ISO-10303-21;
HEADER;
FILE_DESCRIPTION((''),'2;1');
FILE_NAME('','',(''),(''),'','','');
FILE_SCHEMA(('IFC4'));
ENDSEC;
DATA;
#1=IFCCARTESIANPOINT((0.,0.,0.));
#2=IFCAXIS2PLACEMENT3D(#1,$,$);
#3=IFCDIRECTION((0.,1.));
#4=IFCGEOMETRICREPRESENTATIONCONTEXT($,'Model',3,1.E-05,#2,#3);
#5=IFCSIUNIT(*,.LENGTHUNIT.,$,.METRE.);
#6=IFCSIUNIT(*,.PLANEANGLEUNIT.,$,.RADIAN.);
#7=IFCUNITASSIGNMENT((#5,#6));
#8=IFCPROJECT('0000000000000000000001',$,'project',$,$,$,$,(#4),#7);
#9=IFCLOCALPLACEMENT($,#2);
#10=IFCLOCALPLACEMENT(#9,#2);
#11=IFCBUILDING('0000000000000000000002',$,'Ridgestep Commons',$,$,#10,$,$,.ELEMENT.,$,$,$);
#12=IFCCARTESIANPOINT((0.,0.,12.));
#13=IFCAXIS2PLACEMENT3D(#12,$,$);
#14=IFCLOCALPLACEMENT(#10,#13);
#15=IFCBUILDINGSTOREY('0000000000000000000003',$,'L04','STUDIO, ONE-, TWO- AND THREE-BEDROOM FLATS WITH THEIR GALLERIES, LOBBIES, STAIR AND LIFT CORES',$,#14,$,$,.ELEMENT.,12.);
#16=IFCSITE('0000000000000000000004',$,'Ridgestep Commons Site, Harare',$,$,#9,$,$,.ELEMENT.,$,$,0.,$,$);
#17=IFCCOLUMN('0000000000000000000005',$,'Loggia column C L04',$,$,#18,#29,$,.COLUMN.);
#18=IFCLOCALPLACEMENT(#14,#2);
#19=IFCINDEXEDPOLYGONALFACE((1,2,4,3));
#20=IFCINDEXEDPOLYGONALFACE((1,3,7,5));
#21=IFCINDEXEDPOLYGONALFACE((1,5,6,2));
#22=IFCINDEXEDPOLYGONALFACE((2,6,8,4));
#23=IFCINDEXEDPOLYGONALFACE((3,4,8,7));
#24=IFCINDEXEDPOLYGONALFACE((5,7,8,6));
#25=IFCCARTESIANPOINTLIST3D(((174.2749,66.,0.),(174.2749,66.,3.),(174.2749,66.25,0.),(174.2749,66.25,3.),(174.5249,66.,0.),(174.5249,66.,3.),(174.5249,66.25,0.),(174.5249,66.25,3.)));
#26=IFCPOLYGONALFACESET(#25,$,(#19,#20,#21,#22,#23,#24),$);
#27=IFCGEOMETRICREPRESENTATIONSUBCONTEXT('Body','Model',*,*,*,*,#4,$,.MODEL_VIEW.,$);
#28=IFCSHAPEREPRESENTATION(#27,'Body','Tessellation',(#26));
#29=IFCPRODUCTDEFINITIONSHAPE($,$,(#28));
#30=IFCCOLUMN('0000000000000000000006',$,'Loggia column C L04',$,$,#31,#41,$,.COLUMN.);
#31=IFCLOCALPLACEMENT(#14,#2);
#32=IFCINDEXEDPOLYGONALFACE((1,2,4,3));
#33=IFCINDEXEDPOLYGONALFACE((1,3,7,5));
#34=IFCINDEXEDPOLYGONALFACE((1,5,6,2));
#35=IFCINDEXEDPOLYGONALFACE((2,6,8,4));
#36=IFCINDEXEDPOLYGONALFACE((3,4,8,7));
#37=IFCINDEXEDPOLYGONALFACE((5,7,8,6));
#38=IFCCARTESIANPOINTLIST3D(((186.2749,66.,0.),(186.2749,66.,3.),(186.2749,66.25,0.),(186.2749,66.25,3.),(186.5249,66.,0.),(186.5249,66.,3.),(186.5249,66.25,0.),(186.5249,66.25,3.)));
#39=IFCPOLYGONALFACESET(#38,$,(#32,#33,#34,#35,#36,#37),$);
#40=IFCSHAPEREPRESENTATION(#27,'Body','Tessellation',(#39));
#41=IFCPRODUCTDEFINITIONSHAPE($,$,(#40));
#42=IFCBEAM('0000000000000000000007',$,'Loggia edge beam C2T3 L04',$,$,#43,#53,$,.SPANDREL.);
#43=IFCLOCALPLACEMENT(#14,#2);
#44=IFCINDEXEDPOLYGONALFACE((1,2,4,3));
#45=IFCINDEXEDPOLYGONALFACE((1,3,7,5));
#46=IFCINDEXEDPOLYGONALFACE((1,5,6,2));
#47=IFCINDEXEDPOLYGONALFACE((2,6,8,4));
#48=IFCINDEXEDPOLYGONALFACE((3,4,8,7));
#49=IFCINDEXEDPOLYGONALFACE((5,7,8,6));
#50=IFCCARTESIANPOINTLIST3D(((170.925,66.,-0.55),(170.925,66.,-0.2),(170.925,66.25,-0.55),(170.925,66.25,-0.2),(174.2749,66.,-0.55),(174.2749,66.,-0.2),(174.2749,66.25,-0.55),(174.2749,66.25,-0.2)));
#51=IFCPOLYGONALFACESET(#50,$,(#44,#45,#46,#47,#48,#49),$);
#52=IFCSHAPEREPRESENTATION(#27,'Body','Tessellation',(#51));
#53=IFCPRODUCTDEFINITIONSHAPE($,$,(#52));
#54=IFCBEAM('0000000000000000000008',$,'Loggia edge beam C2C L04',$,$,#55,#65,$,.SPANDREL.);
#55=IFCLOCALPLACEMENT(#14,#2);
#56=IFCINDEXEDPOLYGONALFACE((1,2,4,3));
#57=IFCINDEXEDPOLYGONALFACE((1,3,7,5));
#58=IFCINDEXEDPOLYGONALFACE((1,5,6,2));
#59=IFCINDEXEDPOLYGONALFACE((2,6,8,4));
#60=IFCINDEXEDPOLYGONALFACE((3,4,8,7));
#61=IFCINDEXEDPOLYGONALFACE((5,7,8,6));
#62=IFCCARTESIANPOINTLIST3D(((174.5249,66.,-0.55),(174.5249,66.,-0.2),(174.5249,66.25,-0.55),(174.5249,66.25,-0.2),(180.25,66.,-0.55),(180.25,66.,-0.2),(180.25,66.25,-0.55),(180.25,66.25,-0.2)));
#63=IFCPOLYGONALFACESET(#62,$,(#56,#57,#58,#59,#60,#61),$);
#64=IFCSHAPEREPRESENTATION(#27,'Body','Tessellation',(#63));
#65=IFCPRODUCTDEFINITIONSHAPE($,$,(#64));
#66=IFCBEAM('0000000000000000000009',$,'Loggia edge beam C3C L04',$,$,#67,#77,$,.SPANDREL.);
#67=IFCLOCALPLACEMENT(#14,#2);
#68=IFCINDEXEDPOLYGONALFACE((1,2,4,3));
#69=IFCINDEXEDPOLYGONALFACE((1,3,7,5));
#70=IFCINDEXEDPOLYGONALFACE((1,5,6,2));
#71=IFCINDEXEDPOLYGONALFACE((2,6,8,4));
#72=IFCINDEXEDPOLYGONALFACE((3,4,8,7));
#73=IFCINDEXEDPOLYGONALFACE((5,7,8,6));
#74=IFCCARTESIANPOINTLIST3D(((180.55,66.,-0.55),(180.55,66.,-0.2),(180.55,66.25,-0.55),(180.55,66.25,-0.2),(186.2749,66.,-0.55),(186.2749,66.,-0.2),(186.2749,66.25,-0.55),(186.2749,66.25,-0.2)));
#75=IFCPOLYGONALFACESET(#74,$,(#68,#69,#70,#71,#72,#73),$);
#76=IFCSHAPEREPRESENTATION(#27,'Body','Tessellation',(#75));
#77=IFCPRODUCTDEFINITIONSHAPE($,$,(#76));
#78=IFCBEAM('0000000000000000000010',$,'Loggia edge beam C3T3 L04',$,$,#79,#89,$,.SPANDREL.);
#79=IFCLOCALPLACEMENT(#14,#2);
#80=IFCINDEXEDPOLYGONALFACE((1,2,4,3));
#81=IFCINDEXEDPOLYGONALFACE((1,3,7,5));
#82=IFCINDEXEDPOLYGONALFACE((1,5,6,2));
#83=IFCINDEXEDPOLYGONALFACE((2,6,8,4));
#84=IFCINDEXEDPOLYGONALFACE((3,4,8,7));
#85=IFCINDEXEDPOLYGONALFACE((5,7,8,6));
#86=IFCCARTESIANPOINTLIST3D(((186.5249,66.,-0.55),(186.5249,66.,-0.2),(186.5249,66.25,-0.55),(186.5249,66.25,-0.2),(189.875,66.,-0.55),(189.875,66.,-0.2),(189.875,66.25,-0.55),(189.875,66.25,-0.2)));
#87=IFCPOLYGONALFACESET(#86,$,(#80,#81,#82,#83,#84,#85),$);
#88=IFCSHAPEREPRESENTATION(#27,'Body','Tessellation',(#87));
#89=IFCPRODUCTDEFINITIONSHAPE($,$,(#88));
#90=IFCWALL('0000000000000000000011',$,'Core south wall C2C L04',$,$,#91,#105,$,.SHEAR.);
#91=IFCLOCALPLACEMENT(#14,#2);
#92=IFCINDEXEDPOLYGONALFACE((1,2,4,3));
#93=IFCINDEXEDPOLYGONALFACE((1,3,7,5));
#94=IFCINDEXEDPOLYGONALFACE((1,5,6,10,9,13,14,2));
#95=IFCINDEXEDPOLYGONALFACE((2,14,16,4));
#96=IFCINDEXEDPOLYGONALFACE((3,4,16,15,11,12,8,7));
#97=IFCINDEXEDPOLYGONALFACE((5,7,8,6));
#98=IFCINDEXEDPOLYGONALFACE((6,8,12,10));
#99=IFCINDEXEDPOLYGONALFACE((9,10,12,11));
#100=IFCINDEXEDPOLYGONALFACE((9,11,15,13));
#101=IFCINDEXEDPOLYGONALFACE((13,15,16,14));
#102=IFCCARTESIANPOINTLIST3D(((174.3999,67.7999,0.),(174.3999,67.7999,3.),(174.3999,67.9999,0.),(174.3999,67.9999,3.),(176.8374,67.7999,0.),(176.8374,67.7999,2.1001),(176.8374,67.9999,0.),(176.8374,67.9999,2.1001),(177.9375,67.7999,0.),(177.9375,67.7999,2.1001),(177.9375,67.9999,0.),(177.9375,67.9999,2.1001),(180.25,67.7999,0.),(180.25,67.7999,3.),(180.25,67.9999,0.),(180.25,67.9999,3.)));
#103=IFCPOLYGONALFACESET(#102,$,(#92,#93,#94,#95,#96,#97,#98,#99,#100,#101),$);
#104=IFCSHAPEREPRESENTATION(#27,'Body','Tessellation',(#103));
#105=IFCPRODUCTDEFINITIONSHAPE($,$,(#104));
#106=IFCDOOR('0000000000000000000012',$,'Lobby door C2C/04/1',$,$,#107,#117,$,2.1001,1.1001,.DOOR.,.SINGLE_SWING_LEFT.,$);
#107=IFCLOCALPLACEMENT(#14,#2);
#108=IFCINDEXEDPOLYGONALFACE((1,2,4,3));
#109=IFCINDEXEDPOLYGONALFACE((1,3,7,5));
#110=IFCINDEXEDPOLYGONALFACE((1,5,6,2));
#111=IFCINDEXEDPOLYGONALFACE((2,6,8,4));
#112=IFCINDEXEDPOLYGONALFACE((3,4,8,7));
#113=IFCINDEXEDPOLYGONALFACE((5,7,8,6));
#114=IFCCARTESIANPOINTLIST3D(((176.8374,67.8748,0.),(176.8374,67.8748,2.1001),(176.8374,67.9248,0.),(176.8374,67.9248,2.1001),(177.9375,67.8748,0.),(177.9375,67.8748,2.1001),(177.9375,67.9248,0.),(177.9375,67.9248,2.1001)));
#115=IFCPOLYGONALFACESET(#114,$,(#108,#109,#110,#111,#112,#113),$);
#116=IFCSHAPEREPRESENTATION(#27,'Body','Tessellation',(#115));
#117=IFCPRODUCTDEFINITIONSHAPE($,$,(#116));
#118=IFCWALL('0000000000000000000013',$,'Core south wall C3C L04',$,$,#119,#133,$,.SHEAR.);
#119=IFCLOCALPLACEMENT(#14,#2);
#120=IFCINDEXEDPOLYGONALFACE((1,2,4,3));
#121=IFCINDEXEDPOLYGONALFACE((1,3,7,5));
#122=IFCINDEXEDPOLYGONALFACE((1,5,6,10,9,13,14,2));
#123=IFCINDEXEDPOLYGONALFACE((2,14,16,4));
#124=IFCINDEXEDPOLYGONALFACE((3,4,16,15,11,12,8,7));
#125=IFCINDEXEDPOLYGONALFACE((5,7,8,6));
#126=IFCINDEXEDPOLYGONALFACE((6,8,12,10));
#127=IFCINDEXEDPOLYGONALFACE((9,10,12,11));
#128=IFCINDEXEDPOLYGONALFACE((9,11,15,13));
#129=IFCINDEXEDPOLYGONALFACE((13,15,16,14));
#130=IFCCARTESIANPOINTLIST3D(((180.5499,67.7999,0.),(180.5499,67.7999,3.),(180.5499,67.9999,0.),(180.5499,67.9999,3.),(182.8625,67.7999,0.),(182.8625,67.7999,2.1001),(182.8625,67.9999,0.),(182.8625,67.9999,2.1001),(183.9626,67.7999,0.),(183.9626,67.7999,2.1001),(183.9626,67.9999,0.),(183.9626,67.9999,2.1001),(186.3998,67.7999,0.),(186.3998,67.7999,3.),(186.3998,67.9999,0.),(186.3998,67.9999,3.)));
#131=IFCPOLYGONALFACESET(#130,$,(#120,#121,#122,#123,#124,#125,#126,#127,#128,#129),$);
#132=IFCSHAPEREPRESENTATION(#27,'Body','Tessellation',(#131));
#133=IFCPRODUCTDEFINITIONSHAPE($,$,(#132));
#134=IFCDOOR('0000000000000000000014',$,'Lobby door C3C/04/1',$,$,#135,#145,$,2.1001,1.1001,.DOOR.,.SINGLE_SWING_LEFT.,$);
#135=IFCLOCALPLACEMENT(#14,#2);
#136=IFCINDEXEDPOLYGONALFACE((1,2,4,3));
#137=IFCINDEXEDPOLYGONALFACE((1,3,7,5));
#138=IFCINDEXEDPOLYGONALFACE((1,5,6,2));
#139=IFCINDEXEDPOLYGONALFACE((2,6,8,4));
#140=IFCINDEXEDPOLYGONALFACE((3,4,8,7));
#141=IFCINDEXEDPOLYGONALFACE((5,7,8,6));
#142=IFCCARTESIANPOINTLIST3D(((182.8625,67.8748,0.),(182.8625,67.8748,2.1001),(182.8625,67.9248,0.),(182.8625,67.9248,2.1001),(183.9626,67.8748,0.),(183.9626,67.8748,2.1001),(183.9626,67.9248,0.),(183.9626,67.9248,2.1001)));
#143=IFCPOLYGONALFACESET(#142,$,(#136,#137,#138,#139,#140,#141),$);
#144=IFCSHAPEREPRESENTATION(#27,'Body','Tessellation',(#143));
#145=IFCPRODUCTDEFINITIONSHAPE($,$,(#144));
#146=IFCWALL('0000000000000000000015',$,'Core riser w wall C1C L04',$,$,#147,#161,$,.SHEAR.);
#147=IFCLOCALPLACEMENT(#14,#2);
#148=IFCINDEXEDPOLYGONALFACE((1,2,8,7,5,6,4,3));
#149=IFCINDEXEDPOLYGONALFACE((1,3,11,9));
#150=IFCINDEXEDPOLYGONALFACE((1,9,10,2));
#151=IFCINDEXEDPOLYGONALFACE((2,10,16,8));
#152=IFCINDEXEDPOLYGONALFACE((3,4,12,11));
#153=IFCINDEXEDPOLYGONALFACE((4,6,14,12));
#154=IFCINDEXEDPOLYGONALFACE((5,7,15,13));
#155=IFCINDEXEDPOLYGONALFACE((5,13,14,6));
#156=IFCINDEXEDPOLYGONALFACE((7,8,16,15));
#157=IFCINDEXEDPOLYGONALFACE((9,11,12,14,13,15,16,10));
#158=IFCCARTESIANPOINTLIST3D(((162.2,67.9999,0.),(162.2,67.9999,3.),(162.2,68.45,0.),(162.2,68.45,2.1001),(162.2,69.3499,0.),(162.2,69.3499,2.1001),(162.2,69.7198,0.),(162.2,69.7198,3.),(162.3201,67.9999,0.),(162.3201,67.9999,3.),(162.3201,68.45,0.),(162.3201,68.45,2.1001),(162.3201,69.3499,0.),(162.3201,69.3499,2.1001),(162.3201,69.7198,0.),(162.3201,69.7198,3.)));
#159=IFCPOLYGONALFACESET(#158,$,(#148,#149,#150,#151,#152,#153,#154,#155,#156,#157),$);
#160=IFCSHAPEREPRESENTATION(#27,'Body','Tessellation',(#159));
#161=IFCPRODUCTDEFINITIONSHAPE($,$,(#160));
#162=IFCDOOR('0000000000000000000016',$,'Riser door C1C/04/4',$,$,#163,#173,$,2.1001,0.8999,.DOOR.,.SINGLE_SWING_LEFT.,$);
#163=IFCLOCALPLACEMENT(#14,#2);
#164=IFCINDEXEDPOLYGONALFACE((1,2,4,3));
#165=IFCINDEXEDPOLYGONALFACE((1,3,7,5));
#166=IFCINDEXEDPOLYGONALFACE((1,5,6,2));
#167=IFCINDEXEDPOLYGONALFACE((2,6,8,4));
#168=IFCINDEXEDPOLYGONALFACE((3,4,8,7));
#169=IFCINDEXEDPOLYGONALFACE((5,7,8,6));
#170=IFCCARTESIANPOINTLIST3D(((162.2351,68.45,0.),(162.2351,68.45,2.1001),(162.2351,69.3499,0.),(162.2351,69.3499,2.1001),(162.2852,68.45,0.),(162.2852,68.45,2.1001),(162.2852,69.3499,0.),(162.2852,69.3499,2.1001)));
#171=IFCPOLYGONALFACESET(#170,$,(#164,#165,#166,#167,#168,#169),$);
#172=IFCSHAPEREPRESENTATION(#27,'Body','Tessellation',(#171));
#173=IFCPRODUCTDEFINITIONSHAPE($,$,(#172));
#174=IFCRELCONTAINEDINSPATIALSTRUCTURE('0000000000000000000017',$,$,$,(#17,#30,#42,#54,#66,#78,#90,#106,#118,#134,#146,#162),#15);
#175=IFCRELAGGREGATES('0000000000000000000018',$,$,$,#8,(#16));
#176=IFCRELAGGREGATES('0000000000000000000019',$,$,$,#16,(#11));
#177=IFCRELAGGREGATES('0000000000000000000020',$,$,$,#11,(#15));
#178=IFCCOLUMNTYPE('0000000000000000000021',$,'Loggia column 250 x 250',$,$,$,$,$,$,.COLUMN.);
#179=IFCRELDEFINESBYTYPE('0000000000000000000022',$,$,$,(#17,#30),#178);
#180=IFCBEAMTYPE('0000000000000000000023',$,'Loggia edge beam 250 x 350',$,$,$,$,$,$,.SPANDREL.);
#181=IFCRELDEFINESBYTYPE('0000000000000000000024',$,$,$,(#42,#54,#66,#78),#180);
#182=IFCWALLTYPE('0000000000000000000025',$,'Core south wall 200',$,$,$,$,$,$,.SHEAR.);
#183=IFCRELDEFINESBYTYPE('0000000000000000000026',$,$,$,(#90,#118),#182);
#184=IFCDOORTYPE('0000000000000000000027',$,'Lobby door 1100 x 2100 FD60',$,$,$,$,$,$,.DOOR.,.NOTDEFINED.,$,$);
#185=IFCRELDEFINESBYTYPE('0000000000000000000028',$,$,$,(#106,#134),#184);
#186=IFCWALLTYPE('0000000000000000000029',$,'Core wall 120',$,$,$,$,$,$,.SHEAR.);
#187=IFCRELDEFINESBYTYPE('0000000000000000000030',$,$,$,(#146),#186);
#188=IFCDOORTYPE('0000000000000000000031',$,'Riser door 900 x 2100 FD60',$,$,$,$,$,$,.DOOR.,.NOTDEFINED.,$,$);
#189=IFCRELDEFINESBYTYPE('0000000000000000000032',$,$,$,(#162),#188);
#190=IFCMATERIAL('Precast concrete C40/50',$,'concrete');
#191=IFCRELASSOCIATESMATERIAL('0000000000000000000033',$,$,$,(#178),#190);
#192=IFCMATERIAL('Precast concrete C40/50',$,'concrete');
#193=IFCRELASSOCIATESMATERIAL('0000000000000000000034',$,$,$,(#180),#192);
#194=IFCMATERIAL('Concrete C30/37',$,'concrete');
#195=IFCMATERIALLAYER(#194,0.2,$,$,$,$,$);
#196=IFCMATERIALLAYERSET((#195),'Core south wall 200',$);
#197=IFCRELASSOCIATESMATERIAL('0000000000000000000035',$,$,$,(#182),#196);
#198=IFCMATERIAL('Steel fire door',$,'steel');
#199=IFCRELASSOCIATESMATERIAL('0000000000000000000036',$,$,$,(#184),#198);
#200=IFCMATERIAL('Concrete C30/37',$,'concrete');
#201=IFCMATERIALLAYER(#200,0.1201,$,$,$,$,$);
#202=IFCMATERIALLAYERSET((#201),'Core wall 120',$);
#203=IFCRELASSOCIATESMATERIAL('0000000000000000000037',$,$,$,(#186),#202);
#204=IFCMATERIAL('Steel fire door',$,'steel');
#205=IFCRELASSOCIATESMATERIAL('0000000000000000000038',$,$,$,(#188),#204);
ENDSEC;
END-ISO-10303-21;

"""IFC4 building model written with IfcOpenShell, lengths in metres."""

from ifc_helpers import new_model, si_unit, direction, frame, frame_2d, origin, origin_2d, place, context, subcontext, project, spatial, rectangle, extrude, material, layer, layer_set, material_profile, profile_set, type_object, element, fill, save


model = new_model("IFC4")

# Units and contexts
model_context = context("Model", 3, precision=1e-05, world=origin(), true_north=direction((0.0, 1.0)))
body_context = subcontext(model_context, "Body", "Model", "MODEL_VIEW")
ifc_project = project(units=[si_unit("LENGTHUNIT", "METRE"), si_unit("PLANEANGLEUNIT", "RADIAN")], contexts=[model_context])

# Site, building, storey
site_placement = place(None, origin())
site = spatial("IfcSite", under=ifc_project, at=site_placement, Name="Ridgestep Commons Site, Harare", CompositionType="ELEMENT", RefElevation=0.0)
building_placement = place(site_placement, origin())
building = spatial("IfcBuilding", under=site, at=building_placement, Name="Ridgestep Commons", CompositionType="ELEMENT")
storey_placement = place(building_placement, frame((0.0, 0.0, 12.0)))
storey = spatial("IfcBuildingStorey", under=building, at=storey_placement, Name="L04", Description="STUDIO, ONE-, TWO- AND THREE-BEDROOM FLATS WITH THEIR GALLERIES, LOBBIES, STAIR AND LIFT CORES", CompositionType="ELEMENT", Elevation=12.0)

# Columns
ifc_material_1 = material(Name="Precast concrete C40/50", Category="concrete")
ifc_material_profile_1 = material_profile(ifc_material_1, rectangle(XDim=0.25, YDim=0.25, at=origin_2d()), Name="PC 250x250")
ifc_profile_set_1 = profile_set([ifc_material_profile_1], Name="Precast concrete C40/50")
column_type = type_object("IfcColumnType", Name="Loggia column 250 x 250", PredefinedType="COLUMN", material=ifc_profile_set_1)
for number, where, z_axis, x_axis, name in (
    (1, (174.3999, 66.125, 0.0), (0.0, 0.0, 1.0), (1.0, 0.0, 0.0), "Loggia column C L04"),
    (2, (186.3999, 66.125, 0.0), (0.0, 0.0, 1.0), (1.0, 0.0, 0.0), "Loggia column C L04"),
):
    element("IfcColumn", number, at=place(storey_placement, frame(where, z_axis=z_axis, x_axis=x_axis)), inside=storey, type_object=column_type, Name=name, PredefinedType="COLUMN", context=body_context, shape_type="SweptSolid", body=[
        extrude(rectangle(XDim=0.25, YDim=0.25, at=origin_2d()), origin(), (0.0, 0.0, 1.0), 3.0),
    ])

# Beams
ifc_material_2 = material(Name="Precast concrete C40/50", Category="concrete")
ifc_material_profile_2 = material_profile(ifc_material_2, rectangle(XDim=0.25, YDim=0.3501, at=origin_2d()), Name="PC 250x350")
ifc_profile_set_2 = profile_set([ifc_material_profile_2], Name="Precast concrete C40/50")
beam_type = type_object("IfcBeamType", Name="Loggia edge beam 250 x 350", PredefinedType="SPANDREL", material=ifc_profile_set_2)
beam_1_placement = place(storey_placement, frame((170.925, 66.125, -0.375), z_axis=(1.0, 0.0, 0.0), x_axis=(0.0, 1.0, 0.0)))
element("IfcBeam", 3, at=beam_1_placement, inside=storey, type_object=beam_type, Name="Loggia edge beam C2T3 L04", PredefinedType="SPANDREL", context=body_context, shape_type="SweptSolid", body=[
    extrude(rectangle(XDim=0.25, YDim=0.3501, at=origin_2d()), origin(), (0.0, 0.0, 1.0), 3.3499),
])
beam_2_placement = place(storey_placement, frame((174.5249, 66.125, -0.375), z_axis=(1.0, 0.0, 0.0), x_axis=(0.0, 1.0, 0.0)))
element("IfcBeam", 4, at=beam_2_placement, inside=storey, type_object=beam_type, Name="Loggia edge beam C2C L04", PredefinedType="SPANDREL", context=body_context, shape_type="SweptSolid", body=[
    extrude(rectangle(XDim=0.25, YDim=0.3501, at=origin_2d()), origin(), (0.0, 0.0, 1.0), 5.7251),
])
beam_3_placement = place(storey_placement, frame((180.55, 66.125, -0.375), z_axis=(1.0, 0.0, 0.0), x_axis=(0.0, 1.0, 0.0)))
element("IfcBeam", 5, at=beam_3_placement, inside=storey, type_object=beam_type, Name="Loggia edge beam C3C L04", PredefinedType="SPANDREL", context=body_context, shape_type="SweptSolid", body=[
    extrude(rectangle(XDim=0.25, YDim=0.3501, at=origin_2d()), origin(), (0.0, 0.0, 1.0), 5.7249),
])
beam_4_placement = place(storey_placement, frame((186.5249, 66.125, -0.375), z_axis=(1.0, 0.0, 0.0), x_axis=(0.0, 1.0, 0.0)))
element("IfcBeam", 6, at=beam_4_placement, inside=storey, type_object=beam_type, Name="Loggia edge beam C3T3 L04", PredefinedType="SPANDREL", context=body_context, shape_type="SweptSolid", body=[
    extrude(rectangle(XDim=0.25, YDim=0.3501, at=origin_2d()), origin(), (0.0, 0.0, 1.0), 3.3501),
])

# Walls, openings, doors
ifc_material_3 = material(Name="Concrete C30/37", Category="concrete")
ifc_layer_1 = layer(ifc_material_3, 0.2)
ifc_layer_set_1 = layer_set([ifc_layer_1], Name="Core south wall 200")
wall_type_1 = type_object("IfcWallType", Name="Core south wall 200", PredefinedType="SHEAR", material=ifc_layer_set_1)
wall_1_placement = place(storey_placement, frame((174.3999, 67.8999, 0.0), z_axis=(0.0, 0.0, 1.0), x_axis=(1.0, 0.0, 0.0)))
wall_1 = element("IfcWall", 7, at=wall_1_placement, inside=storey, type_object=wall_type_1, Name="Core south wall C2C L04", PredefinedType="SHEAR", context=body_context, shape_type="SweptSolid", body=[
    extrude(rectangle(XDim=5.8501, YDim=0.2, at=frame_2d((2.925, 0.0))), origin(), (0.0, 0.0, 1.0), 3.0),
])
opening_1_placement = place(wall_1_placement, frame((2.4375, 0.0, 0.0)))
opening_1 = element("IfcOpeningElement", 8, at=opening_1_placement, cuts=wall_1, PredefinedType="OPENING", context=body_context, shape_type="SweptSolid", body=[
    extrude(rectangle(XDim=1.1001, YDim=2.1001, at=frame_2d((0.55, 1.05))), frame((0.0, 0.1099, 0.0), z_axis=(0.0, -1.0, 0.0), x_axis=(1.0, 0.0, 0.0)), (0.0, 0.0, 1.0), 0.22),
])
ifc_material_4 = material(Name="Steel fire door", Category="steel")
door_type_1 = type_object("IfcDoorType", Name="Lobby door 1100 x 2100 FD60", OperationType="NOTDEFINED", PredefinedType="DOOR", material=ifc_material_4)
door_1_placement = place(opening_1_placement, origin())
door_1 = element("IfcDoor", 9, at=door_1_placement, inside=storey, type_object=door_type_1, Name="Lobby door C2C/04/1", OperationType="SINGLE_SWING_LEFT", OverallHeight=2.1001, OverallWidth=1.1001, PredefinedType="DOOR", context=body_context, shape_type="SweptSolid", body=[
    extrude(rectangle(XDim=1.1001, YDim=2.1001, at=frame_2d((0.55, 1.05))), frame((0.0, 0.0249, 0.0), z_axis=(0.0, -1.0, 0.0), x_axis=(1.0, 0.0, 0.0)), (0.0, 0.0, 1.0), 0.05),
])
fill(opening_1, door_1)
wall_2_placement = place(storey_placement, frame((180.55, 67.8999, 0.0), z_axis=(0.0, 0.0, 1.0), x_axis=(1.0, 0.0, 0.0)))
wall_2 = element("IfcWall", 10, at=wall_2_placement, inside=storey, type_object=wall_type_1, Name="Core south wall C3C L04", PredefinedType="SHEAR", context=body_context, shape_type="SweptSolid", body=[
    extrude(rectangle(XDim=5.8499, YDim=0.2, at=frame_2d((2.9248, 0.0))), origin(), (0.0, 0.0, 1.0), 3.0),
])
opening_2_placement = place(wall_2_placement, frame((2.3125, 0.0, 0.0)))
opening_2 = element("IfcOpeningElement", 11, at=opening_2_placement, cuts=wall_2, PredefinedType="OPENING", context=body_context, shape_type="SweptSolid", body=[
    extrude(rectangle(XDim=1.1001, YDim=2.1001, at=frame_2d((0.55, 1.05))), frame((0.0, 0.1099, 0.0), z_axis=(0.0, -1.0, 0.0), x_axis=(1.0, 0.0, 0.0)), (0.0, 0.0, 1.0), 0.22),
])
door_2_placement = place(opening_2_placement, origin())
door_2 = element("IfcDoor", 12, at=door_2_placement, inside=storey, type_object=door_type_1, Name="Lobby door C3C/04/1", OperationType="SINGLE_SWING_LEFT", OverallHeight=2.1001, OverallWidth=1.1001, PredefinedType="DOOR", context=body_context, shape_type="SweptSolid", body=[
    extrude(rectangle(XDim=1.1001, YDim=2.1001, at=frame_2d((0.55, 1.05))), frame((0.0, 0.0249, 0.0), z_axis=(0.0, -1.0, 0.0), x_axis=(1.0, 0.0, 0.0)), (0.0, 0.0, 1.0), 0.05),
])
fill(opening_2, door_2)
ifc_material_5 = material(Name="Concrete C30/37", Category="concrete")
ifc_layer_2 = layer(ifc_material_5, 0.1201)
ifc_layer_set_2 = layer_set([ifc_layer_2], Name="Core wall 120")
wall_type_2 = type_object("IfcWallType", Name="Core wall 120", PredefinedType="SHEAR", material=ifc_layer_set_2)
wall_3_placement = place(storey_placement, frame((162.26, 68.0, 0.0), z_axis=(0.0, 0.0, 1.0), x_axis=(0.0, 1.0, 0.0)))
wall_3 = element("IfcWall", 13, at=wall_3_placement, inside=storey, type_object=wall_type_2, Name="Core riser w wall C1C L04", PredefinedType="SHEAR", context=body_context, shape_type="SweptSolid", body=[
    extrude(rectangle(XDim=1.72, YDim=0.1201, at=frame_2d((0.8599, 0.0))), origin(), (0.0, 0.0, 1.0), 3.0),
])
opening_3_placement = place(wall_3_placement, frame((0.45, 0.0, 0.0)))
opening_3 = element("IfcOpeningElement", 14, at=opening_3_placement, cuts=wall_3, PredefinedType="OPENING", context=body_context, shape_type="SweptSolid", body=[
    extrude(rectangle(XDim=0.8999, YDim=2.1001, at=frame_2d((0.45, 1.05))), frame((0.0, 0.0701, 0.0), z_axis=(0.0, -1.0, 0.0), x_axis=(1.0, 0.0, 0.0)), (0.0, 0.0, 1.0), 0.1401),
])
ifc_material_6 = material(Name="Steel fire door", Category="steel")
door_type_2 = type_object("IfcDoorType", Name="Riser door 900 x 2100 FD60", OperationType="NOTDEFINED", PredefinedType="DOOR", material=ifc_material_6)
door_3_placement = place(opening_3_placement, origin())
door_3 = element("IfcDoor", 15, at=door_3_placement, inside=storey, type_object=door_type_2, Name="Riser door C1C/04/4", OperationType="SINGLE_SWING_LEFT", OverallHeight=2.1001, OverallWidth=0.8999, PredefinedType="DOOR", context=body_context, shape_type="SweptSolid", body=[
    extrude(rectangle(XDim=0.8999, YDim=2.1001, at=frame_2d((0.45, 1.05))), frame((0.0, 0.0249, 0.0), z_axis=(0.0, -1.0, 0.0), x_axis=(1.0, 0.0, 0.0)), (0.0, 0.0, 1.0), 0.05),
])
fill(opening_3, door_3)

save(model, "model.ifc")
